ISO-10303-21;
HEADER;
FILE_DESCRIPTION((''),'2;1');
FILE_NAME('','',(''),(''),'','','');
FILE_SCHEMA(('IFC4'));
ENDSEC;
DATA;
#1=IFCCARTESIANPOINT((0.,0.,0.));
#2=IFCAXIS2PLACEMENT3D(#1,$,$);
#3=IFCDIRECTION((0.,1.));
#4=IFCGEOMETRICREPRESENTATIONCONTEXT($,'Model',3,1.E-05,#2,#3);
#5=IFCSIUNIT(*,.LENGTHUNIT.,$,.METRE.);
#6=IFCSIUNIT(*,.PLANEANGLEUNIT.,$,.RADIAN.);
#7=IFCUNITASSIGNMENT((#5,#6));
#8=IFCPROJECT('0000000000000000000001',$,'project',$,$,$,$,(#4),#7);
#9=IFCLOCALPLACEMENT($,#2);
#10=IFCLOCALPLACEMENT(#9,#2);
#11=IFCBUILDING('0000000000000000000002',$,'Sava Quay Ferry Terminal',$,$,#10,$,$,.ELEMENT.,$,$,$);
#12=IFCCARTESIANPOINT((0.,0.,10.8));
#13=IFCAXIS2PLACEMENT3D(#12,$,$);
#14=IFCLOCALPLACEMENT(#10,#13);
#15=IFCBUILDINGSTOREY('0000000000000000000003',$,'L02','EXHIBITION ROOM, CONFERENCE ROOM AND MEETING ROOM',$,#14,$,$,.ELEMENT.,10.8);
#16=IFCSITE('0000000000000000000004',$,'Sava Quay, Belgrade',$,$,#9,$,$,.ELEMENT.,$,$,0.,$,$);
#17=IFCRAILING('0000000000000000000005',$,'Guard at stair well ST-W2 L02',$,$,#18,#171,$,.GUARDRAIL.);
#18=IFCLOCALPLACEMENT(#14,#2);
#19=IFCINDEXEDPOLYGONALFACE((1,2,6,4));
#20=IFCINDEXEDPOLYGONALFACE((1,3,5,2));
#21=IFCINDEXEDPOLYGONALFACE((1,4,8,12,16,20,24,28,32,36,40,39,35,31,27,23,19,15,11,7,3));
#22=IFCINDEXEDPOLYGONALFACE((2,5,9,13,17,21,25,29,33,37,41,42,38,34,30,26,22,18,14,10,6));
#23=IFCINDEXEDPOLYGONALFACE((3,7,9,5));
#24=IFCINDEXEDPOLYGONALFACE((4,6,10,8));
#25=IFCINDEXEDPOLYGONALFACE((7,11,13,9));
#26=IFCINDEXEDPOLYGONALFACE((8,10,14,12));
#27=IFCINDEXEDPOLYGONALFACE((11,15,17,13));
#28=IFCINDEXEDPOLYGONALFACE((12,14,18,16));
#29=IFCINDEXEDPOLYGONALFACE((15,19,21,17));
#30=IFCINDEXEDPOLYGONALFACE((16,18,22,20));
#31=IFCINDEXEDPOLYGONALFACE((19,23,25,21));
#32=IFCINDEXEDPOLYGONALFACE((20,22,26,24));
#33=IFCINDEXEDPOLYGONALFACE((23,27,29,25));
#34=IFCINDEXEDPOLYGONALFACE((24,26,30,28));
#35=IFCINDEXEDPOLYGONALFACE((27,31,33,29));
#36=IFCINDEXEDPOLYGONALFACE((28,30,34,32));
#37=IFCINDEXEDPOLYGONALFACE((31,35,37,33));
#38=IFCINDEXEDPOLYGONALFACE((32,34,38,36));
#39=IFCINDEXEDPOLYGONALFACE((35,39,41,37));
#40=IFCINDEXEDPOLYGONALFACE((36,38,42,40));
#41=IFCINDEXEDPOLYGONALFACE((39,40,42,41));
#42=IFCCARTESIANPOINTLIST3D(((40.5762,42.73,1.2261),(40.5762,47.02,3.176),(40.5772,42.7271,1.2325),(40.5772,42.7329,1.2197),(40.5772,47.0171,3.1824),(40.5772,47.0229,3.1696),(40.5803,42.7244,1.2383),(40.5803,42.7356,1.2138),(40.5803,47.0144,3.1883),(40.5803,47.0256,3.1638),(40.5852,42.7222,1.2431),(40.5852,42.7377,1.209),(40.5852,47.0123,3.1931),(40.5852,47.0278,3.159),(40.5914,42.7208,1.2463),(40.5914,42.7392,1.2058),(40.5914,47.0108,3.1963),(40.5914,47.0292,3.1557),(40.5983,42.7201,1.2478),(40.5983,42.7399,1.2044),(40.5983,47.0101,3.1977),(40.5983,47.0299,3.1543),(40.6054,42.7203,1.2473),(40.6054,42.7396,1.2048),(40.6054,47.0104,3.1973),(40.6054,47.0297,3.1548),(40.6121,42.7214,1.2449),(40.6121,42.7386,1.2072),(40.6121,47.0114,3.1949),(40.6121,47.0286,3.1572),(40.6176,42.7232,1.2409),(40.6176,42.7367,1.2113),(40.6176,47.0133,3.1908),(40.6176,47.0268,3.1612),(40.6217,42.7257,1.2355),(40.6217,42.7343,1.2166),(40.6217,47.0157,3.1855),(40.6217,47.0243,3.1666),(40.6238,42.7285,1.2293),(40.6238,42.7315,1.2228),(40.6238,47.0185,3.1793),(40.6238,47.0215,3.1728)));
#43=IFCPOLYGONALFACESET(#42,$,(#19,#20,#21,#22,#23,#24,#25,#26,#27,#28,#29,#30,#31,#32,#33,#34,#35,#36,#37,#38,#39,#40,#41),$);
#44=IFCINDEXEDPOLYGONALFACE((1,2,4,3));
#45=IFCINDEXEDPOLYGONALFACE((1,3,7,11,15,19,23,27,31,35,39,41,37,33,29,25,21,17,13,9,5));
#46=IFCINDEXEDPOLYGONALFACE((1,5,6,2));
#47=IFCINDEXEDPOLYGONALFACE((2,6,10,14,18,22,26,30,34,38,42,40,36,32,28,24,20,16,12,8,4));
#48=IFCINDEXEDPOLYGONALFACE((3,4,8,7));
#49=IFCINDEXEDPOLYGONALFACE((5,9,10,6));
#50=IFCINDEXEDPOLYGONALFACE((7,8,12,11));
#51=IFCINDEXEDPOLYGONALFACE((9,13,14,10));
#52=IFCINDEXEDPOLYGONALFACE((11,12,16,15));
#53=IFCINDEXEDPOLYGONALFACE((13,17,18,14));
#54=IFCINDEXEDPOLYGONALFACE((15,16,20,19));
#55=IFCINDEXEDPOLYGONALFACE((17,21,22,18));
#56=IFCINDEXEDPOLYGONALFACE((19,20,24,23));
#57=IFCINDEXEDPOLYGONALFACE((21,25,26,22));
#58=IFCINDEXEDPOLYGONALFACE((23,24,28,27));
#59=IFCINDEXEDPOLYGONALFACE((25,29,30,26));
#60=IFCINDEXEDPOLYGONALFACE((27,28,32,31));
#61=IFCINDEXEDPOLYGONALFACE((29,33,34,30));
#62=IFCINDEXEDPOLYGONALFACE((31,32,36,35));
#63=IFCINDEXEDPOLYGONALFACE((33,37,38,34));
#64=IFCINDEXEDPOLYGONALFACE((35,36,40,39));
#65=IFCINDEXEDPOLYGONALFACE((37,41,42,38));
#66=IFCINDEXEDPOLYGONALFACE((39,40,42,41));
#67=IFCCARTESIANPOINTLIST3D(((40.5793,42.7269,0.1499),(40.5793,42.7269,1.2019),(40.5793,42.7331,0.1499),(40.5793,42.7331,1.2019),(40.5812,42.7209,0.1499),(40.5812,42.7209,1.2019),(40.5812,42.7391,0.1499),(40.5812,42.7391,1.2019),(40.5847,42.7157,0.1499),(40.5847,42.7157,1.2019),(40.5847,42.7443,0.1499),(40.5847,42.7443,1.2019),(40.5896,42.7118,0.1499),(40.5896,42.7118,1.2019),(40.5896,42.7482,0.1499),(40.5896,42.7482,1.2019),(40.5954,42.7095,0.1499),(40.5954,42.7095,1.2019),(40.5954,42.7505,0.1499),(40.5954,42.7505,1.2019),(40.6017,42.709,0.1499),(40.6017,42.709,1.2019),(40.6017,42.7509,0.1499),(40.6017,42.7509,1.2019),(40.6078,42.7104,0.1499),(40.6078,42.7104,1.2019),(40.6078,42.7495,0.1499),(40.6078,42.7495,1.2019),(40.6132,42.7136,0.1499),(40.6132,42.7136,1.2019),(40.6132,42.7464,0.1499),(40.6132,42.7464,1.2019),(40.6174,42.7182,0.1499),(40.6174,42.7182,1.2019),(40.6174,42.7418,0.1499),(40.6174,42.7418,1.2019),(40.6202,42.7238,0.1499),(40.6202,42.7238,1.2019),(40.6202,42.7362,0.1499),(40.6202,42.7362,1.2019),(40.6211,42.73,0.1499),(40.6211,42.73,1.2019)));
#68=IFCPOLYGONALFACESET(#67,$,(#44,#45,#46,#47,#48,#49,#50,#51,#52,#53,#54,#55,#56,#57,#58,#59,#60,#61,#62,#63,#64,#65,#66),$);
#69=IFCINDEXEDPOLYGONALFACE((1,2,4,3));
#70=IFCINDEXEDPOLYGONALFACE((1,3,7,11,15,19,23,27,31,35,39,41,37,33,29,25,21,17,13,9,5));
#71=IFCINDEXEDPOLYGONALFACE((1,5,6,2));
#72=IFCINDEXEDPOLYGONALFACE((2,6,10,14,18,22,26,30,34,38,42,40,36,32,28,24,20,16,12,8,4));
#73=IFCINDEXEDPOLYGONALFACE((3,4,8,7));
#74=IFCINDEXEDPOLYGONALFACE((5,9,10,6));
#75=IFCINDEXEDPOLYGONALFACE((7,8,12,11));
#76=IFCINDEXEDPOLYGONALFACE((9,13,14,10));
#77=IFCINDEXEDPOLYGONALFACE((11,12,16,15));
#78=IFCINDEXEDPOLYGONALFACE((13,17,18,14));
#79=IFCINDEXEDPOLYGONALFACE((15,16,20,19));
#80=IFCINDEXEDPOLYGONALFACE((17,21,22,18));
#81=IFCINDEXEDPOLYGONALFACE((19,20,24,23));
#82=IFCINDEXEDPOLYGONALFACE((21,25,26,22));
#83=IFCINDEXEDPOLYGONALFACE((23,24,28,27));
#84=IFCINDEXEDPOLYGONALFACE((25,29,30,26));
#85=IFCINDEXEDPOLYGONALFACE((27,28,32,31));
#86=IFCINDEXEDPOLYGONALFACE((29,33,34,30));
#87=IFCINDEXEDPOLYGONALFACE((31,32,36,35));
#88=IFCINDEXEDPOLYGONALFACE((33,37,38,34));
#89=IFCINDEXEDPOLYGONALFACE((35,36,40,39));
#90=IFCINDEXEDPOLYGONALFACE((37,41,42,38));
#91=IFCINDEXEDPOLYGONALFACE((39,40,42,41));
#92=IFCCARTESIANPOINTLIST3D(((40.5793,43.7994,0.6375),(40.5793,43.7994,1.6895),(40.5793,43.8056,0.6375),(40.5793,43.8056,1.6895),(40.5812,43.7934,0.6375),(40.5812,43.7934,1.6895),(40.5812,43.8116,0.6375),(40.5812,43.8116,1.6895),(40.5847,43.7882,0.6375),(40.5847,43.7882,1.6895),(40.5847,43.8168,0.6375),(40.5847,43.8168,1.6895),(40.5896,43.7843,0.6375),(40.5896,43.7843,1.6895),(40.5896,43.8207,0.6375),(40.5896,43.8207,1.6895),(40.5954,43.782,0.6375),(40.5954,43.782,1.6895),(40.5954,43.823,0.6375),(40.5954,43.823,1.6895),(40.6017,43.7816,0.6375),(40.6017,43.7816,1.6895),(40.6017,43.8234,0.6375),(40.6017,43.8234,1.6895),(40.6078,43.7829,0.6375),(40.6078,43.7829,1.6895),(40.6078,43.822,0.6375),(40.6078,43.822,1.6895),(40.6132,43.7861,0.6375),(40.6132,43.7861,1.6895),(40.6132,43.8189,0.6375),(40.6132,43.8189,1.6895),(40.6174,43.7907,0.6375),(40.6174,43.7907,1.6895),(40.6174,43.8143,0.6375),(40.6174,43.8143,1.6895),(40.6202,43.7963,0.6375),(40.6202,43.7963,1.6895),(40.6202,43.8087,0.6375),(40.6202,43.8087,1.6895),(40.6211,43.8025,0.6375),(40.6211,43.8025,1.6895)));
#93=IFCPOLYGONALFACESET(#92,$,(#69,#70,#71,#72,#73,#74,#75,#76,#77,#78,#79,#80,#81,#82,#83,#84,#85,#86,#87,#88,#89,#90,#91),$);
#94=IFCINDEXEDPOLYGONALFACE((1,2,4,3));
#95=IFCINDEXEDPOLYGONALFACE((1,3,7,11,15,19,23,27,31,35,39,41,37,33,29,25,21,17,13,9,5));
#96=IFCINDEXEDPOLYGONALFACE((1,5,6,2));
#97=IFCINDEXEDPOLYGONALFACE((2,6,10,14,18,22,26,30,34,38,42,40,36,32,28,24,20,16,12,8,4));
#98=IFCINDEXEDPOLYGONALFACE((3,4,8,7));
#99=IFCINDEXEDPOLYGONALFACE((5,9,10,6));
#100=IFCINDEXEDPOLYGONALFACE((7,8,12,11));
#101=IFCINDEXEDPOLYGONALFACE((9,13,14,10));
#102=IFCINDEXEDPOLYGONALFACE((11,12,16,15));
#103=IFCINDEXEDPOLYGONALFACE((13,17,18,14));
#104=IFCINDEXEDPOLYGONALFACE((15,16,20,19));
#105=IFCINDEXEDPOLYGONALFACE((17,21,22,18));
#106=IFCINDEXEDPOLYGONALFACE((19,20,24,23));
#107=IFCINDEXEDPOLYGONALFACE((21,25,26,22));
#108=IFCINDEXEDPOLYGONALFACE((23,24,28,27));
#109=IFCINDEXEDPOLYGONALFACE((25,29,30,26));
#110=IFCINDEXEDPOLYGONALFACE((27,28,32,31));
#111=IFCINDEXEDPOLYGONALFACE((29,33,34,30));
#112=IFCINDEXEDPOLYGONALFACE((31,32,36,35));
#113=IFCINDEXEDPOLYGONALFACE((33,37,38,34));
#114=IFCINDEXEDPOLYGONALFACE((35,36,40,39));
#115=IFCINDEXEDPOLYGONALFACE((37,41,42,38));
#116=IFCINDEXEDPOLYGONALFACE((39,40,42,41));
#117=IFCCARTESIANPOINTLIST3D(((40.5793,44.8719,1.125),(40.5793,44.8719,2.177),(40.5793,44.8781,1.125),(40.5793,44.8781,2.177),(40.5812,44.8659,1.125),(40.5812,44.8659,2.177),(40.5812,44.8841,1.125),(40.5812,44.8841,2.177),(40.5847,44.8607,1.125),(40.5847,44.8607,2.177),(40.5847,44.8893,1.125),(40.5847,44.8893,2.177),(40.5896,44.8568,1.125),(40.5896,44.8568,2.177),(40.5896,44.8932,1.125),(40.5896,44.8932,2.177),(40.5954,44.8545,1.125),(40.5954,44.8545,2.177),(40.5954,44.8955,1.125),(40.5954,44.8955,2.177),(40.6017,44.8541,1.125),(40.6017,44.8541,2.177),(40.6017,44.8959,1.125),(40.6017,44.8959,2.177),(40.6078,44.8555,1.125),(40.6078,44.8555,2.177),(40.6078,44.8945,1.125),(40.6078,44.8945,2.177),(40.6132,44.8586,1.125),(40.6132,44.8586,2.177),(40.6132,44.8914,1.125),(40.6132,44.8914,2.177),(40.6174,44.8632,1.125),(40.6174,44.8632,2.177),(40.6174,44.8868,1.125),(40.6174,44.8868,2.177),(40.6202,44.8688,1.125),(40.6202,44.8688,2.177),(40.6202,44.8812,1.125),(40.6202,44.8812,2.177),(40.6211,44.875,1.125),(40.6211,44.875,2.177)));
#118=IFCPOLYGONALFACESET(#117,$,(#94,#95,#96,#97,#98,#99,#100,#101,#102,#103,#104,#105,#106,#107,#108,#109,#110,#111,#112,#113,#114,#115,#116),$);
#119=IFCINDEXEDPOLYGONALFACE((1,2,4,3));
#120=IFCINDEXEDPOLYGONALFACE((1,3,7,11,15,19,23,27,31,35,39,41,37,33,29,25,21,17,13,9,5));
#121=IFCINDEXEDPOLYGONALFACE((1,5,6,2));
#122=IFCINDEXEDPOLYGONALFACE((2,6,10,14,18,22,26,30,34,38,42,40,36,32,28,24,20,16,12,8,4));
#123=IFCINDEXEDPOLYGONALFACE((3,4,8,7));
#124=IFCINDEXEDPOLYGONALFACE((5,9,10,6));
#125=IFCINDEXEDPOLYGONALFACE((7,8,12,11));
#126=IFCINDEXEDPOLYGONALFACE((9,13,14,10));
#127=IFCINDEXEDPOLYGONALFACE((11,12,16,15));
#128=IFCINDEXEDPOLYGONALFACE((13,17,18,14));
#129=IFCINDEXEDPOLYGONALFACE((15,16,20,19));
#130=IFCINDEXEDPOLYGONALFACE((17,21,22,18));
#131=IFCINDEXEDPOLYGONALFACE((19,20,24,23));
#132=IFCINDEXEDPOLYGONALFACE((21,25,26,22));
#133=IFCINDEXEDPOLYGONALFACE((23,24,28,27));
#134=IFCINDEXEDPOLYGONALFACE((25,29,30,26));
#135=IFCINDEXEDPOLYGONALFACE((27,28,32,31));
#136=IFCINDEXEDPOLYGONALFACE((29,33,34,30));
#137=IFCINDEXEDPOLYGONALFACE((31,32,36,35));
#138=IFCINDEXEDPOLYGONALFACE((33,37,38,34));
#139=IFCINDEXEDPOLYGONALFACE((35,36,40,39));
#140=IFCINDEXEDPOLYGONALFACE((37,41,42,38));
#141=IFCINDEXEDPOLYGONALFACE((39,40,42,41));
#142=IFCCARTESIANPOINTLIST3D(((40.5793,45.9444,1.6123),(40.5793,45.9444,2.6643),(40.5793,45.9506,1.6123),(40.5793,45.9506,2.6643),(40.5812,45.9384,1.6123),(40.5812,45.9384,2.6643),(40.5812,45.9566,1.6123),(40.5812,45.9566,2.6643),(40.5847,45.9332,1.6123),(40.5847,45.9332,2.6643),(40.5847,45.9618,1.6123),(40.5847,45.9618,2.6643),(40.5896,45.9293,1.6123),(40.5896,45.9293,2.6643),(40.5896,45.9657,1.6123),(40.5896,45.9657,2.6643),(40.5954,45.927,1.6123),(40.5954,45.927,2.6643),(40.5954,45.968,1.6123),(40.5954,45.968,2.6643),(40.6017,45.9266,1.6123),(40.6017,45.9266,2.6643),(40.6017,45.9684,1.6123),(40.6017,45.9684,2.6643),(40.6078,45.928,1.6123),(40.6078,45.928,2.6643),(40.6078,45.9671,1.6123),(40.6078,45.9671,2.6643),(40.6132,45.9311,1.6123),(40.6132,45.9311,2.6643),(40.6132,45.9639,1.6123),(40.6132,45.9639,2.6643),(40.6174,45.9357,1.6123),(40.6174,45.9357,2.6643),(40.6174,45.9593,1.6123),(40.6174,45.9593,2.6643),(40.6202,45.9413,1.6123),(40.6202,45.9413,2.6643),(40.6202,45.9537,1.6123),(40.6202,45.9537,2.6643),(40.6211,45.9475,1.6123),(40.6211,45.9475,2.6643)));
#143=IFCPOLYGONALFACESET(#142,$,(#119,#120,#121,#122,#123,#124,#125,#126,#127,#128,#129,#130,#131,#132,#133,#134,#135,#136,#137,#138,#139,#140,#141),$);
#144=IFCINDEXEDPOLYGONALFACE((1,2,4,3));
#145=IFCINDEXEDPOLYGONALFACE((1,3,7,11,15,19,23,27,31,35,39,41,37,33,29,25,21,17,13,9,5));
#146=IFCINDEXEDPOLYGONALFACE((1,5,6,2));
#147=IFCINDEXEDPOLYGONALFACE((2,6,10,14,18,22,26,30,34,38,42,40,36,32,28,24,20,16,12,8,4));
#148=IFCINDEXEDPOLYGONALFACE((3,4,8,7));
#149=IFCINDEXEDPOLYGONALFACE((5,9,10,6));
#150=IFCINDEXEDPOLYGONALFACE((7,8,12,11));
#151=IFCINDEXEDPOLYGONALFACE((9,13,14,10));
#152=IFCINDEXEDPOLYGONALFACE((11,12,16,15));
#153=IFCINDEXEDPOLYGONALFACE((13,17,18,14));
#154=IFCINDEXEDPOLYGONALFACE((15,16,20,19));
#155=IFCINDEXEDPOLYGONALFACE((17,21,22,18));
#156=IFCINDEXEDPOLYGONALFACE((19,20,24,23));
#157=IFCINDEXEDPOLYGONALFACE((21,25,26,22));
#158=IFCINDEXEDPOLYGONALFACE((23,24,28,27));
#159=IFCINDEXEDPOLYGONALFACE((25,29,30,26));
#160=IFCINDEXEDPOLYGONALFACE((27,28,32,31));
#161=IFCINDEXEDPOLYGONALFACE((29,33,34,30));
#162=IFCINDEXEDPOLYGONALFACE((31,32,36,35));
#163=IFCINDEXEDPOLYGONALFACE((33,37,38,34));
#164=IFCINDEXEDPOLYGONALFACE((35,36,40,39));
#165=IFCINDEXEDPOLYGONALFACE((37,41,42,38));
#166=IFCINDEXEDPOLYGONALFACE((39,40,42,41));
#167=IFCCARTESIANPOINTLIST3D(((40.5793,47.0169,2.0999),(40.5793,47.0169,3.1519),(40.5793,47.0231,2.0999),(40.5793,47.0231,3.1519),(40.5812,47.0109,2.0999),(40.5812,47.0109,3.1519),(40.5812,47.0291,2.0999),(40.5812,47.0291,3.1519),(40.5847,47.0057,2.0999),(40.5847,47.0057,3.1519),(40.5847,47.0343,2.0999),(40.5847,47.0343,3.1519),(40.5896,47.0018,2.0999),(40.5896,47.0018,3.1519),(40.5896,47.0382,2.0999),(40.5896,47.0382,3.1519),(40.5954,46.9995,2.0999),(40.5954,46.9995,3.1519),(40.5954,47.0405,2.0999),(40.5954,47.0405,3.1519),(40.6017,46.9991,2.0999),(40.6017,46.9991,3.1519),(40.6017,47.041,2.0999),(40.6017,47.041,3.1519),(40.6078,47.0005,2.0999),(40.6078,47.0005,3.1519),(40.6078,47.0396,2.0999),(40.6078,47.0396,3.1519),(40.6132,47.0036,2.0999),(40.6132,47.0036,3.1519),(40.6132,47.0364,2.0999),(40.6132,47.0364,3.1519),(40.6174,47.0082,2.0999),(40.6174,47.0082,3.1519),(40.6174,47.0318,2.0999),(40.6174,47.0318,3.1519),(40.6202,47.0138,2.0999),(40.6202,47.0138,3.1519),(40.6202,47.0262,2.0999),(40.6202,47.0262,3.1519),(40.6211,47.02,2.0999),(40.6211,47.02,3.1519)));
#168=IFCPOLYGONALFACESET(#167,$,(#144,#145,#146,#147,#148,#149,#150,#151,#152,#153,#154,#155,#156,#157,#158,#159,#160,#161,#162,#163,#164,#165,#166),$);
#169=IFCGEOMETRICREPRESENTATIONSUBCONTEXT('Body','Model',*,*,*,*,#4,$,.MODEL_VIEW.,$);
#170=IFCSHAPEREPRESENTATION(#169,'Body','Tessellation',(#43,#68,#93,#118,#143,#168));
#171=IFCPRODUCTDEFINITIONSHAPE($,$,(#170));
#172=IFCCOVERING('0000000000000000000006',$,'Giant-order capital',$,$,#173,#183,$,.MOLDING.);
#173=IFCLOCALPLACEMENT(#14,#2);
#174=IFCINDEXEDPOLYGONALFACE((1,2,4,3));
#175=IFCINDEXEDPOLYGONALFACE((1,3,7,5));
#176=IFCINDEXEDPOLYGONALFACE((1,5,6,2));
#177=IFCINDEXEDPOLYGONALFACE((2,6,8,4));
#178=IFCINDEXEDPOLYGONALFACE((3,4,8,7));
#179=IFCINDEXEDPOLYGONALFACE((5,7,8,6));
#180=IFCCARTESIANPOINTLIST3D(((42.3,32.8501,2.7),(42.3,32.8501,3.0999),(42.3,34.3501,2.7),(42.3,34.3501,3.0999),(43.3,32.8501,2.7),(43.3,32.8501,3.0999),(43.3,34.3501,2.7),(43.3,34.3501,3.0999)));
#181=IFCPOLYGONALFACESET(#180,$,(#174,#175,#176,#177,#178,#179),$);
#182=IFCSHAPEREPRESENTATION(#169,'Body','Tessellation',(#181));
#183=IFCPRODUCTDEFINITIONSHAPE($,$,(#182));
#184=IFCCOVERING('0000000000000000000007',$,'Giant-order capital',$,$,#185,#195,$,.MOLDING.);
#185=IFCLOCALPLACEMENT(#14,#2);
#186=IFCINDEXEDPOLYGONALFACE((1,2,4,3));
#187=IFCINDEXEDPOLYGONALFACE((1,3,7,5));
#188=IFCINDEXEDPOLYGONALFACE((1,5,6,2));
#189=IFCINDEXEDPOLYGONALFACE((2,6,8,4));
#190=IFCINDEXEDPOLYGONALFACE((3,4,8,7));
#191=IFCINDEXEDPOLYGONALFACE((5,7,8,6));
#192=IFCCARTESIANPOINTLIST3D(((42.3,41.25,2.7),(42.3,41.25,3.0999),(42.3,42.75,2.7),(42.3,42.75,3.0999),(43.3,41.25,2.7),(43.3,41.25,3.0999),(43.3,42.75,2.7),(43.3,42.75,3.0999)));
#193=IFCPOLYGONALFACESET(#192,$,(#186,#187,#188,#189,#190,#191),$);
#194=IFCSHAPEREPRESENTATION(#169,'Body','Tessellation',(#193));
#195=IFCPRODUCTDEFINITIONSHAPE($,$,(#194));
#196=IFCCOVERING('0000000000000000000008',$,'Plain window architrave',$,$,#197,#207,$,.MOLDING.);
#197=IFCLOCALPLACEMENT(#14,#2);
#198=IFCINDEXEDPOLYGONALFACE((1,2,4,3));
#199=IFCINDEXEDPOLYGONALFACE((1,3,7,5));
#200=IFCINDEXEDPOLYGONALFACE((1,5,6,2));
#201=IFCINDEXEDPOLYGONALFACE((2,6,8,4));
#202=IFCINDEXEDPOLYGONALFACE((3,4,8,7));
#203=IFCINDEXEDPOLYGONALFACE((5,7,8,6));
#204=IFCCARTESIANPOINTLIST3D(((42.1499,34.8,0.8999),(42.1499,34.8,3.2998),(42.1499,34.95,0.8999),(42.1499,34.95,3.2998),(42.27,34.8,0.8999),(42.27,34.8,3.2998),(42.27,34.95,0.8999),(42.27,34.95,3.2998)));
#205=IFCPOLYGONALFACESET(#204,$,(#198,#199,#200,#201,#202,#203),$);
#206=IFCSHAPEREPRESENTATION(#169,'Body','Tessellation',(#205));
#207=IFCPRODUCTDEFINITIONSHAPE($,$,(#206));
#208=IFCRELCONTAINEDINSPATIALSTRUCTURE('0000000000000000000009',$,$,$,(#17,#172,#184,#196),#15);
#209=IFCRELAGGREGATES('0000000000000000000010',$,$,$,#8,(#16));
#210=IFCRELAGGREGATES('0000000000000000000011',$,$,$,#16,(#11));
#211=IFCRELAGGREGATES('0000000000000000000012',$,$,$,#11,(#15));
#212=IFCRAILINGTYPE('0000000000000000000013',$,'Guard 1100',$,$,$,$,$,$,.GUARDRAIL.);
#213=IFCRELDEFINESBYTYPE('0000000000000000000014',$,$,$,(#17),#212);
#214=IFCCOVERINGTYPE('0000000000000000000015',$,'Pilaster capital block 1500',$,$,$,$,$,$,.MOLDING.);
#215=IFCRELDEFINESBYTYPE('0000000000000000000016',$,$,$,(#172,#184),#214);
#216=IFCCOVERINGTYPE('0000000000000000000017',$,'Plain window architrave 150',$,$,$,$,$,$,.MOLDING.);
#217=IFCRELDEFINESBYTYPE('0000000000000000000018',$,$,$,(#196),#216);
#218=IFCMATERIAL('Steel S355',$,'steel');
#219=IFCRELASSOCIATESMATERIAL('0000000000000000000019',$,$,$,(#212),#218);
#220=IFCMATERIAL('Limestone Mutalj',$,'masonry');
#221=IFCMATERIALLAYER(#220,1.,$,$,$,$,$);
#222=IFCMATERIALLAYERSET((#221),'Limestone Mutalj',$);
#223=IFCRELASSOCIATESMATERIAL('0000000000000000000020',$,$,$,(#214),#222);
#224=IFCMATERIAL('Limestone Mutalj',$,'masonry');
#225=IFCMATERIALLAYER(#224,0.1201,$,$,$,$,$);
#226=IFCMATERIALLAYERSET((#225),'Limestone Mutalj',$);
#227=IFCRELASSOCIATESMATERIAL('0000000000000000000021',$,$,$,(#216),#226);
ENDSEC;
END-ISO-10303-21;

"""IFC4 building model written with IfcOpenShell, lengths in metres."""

from ifc_helpers import new_model, si_unit, direction, frame, origin, origin_2d, place, context, subcontext, project, spatial, rectangle, circle, extrude, material, layer, layer_set, type_object, element, save


model = new_model("IFC4")

# Units and contexts
model_context = context("Model", 3, precision=1e-05, world=origin(), true_north=direction((0.0, 1.0)))
body_context = subcontext(model_context, "Body", "Model", "MODEL_VIEW")
ifc_project = project(units=[si_unit("LENGTHUNIT", "METRE"), si_unit("PLANEANGLEUNIT", "RADIAN")], contexts=[model_context])

# Site, building, storey
site_placement = place(None, origin())
site = spatial("IfcSite", under=ifc_project, at=site_placement, Name="Sava Quay, Belgrade", CompositionType="ELEMENT", RefElevation=0.0)
building_placement = place(site_placement, origin())
building = spatial("IfcBuilding", under=site, at=building_placement, Name="Sava Quay Ferry Terminal", CompositionType="ELEMENT")
storey_placement = place(building_placement, frame((0.0, 0.0, 10.8)))
storey = spatial("IfcBuildingStorey", under=building, at=storey_placement, Name="L02", Description="EXHIBITION ROOM, CONFERENCE ROOM AND MEETING ROOM", CompositionType="ELEMENT", Elevation=10.8)

# Railing
ifc_material_1 = material(Name="Steel S355", Category="steel")
railing_type_1 = type_object("IfcRailingType", Name="Guard 1100", PredefinedType="GUARDRAIL", material=ifc_material_1)
railing_1_placement = place(storey_placement, frame((40.6001, 42.73, 0.1499)))
element("IfcRailing", 1, at=railing_1_placement, inside=storey, type_object=railing_type_1, Name="Guard at stair well ST-W2 L02", PredefinedType="GUARDRAIL", context=body_context, shape_type="SweptSolid", body=[
    extrude(circle(Radius=0.0239, at=origin_2d()), frame((0.0, 0.0, 1.0762), z_axis=(0.0, 0.910372, 0.413791), x_axis=(-1.0, 0.0, 0.0)), (0.0, 0.0, 1.0), 4.7124),
    extrude(circle(Radius=0.021, at=origin_2d()), origin(), (0.0, 0.0, 1.0), 1.052),
    extrude(circle(Radius=0.021, at=origin_2d()), frame((0.0, 1.0725, 0.4875)), (0.0, 0.0, 1.0), 1.052),
    extrude(circle(Radius=0.021, at=origin_2d()), frame((0.0, 2.145, 0.9751)), (0.0, 0.0, 1.0), 1.052),
    extrude(circle(Radius=0.021, at=origin_2d()), frame((0.0, 3.2175, 1.4624)), (0.0, 0.0, 1.0), 1.052),
    extrude(circle(Radius=0.021, at=origin_2d()), frame((0.0, 4.29, 1.95)), (0.0, 0.0, 1.0), 1.052),
])

# Coverings
ifc_material_2 = material(Name="Limestone Mutalj", Category="masonry")
ifc_layer_1 = layer(ifc_material_2, 1.0)
ifc_layer_set_1 = layer_set([ifc_layer_1], Name="Limestone Mutalj")
covering_type_1 = type_object("IfcCoveringType", Name="Pilaster capital block 1500", PredefinedType="MOLDING", material=ifc_layer_set_1)
for number, where, z_axis, x_axis, name in (
    (2, (42.8, 33.6001, 2.7), (0.0, 0.0, 1.0), (1.0, 0.0, 0.0), "Giant-order capital"),
    (3, (42.8, 42.0, 2.7), (0.0, 0.0, 1.0), (1.0, 0.0, 0.0), "Giant-order capital"),
):
    element("IfcCovering", number, at=place(storey_placement, frame(where, z_axis=z_axis, x_axis=x_axis)), inside=storey, type_object=covering_type_1, Name=name, PredefinedType="MOLDING", context=body_context, shape_type="SweptSolid", body=[
        extrude(rectangle(XDim=1.0, YDim=1.5, at=origin_2d()), origin(), (0.0, 0.0, 1.0), 0.3999),
    ])
ifc_material_3 = material(Name="Limestone Mutalj", Category="masonry")
ifc_layer_2 = layer(ifc_material_3, 0.1201)
ifc_layer_set_2 = layer_set([ifc_layer_2], Name="Limestone Mutalj")
covering_type_2 = type_object("IfcCoveringType", Name="Plain window architrave 150", PredefinedType="MOLDING", material=ifc_layer_set_2)
for number, where, z_axis, x_axis, name in (
    (4, (42.21, 34.875, 0.8999), (0.0, 0.0, 1.0), (1.0, 0.0, 0.0), "Plain window architrave"),
):
    element("IfcCovering", number, at=place(storey_placement, frame(where, z_axis=z_axis, x_axis=x_axis)), inside=storey, type_object=covering_type_2, Name=name, PredefinedType="MOLDING", context=body_context, shape_type="SweptSolid", body=[
        extrude(rectangle(XDim=0.1201, YDim=0.1499, at=origin_2d()), origin(), (0.0, 0.0, 1.0), 2.3999),
    ])

save(model, "model.ifc")
